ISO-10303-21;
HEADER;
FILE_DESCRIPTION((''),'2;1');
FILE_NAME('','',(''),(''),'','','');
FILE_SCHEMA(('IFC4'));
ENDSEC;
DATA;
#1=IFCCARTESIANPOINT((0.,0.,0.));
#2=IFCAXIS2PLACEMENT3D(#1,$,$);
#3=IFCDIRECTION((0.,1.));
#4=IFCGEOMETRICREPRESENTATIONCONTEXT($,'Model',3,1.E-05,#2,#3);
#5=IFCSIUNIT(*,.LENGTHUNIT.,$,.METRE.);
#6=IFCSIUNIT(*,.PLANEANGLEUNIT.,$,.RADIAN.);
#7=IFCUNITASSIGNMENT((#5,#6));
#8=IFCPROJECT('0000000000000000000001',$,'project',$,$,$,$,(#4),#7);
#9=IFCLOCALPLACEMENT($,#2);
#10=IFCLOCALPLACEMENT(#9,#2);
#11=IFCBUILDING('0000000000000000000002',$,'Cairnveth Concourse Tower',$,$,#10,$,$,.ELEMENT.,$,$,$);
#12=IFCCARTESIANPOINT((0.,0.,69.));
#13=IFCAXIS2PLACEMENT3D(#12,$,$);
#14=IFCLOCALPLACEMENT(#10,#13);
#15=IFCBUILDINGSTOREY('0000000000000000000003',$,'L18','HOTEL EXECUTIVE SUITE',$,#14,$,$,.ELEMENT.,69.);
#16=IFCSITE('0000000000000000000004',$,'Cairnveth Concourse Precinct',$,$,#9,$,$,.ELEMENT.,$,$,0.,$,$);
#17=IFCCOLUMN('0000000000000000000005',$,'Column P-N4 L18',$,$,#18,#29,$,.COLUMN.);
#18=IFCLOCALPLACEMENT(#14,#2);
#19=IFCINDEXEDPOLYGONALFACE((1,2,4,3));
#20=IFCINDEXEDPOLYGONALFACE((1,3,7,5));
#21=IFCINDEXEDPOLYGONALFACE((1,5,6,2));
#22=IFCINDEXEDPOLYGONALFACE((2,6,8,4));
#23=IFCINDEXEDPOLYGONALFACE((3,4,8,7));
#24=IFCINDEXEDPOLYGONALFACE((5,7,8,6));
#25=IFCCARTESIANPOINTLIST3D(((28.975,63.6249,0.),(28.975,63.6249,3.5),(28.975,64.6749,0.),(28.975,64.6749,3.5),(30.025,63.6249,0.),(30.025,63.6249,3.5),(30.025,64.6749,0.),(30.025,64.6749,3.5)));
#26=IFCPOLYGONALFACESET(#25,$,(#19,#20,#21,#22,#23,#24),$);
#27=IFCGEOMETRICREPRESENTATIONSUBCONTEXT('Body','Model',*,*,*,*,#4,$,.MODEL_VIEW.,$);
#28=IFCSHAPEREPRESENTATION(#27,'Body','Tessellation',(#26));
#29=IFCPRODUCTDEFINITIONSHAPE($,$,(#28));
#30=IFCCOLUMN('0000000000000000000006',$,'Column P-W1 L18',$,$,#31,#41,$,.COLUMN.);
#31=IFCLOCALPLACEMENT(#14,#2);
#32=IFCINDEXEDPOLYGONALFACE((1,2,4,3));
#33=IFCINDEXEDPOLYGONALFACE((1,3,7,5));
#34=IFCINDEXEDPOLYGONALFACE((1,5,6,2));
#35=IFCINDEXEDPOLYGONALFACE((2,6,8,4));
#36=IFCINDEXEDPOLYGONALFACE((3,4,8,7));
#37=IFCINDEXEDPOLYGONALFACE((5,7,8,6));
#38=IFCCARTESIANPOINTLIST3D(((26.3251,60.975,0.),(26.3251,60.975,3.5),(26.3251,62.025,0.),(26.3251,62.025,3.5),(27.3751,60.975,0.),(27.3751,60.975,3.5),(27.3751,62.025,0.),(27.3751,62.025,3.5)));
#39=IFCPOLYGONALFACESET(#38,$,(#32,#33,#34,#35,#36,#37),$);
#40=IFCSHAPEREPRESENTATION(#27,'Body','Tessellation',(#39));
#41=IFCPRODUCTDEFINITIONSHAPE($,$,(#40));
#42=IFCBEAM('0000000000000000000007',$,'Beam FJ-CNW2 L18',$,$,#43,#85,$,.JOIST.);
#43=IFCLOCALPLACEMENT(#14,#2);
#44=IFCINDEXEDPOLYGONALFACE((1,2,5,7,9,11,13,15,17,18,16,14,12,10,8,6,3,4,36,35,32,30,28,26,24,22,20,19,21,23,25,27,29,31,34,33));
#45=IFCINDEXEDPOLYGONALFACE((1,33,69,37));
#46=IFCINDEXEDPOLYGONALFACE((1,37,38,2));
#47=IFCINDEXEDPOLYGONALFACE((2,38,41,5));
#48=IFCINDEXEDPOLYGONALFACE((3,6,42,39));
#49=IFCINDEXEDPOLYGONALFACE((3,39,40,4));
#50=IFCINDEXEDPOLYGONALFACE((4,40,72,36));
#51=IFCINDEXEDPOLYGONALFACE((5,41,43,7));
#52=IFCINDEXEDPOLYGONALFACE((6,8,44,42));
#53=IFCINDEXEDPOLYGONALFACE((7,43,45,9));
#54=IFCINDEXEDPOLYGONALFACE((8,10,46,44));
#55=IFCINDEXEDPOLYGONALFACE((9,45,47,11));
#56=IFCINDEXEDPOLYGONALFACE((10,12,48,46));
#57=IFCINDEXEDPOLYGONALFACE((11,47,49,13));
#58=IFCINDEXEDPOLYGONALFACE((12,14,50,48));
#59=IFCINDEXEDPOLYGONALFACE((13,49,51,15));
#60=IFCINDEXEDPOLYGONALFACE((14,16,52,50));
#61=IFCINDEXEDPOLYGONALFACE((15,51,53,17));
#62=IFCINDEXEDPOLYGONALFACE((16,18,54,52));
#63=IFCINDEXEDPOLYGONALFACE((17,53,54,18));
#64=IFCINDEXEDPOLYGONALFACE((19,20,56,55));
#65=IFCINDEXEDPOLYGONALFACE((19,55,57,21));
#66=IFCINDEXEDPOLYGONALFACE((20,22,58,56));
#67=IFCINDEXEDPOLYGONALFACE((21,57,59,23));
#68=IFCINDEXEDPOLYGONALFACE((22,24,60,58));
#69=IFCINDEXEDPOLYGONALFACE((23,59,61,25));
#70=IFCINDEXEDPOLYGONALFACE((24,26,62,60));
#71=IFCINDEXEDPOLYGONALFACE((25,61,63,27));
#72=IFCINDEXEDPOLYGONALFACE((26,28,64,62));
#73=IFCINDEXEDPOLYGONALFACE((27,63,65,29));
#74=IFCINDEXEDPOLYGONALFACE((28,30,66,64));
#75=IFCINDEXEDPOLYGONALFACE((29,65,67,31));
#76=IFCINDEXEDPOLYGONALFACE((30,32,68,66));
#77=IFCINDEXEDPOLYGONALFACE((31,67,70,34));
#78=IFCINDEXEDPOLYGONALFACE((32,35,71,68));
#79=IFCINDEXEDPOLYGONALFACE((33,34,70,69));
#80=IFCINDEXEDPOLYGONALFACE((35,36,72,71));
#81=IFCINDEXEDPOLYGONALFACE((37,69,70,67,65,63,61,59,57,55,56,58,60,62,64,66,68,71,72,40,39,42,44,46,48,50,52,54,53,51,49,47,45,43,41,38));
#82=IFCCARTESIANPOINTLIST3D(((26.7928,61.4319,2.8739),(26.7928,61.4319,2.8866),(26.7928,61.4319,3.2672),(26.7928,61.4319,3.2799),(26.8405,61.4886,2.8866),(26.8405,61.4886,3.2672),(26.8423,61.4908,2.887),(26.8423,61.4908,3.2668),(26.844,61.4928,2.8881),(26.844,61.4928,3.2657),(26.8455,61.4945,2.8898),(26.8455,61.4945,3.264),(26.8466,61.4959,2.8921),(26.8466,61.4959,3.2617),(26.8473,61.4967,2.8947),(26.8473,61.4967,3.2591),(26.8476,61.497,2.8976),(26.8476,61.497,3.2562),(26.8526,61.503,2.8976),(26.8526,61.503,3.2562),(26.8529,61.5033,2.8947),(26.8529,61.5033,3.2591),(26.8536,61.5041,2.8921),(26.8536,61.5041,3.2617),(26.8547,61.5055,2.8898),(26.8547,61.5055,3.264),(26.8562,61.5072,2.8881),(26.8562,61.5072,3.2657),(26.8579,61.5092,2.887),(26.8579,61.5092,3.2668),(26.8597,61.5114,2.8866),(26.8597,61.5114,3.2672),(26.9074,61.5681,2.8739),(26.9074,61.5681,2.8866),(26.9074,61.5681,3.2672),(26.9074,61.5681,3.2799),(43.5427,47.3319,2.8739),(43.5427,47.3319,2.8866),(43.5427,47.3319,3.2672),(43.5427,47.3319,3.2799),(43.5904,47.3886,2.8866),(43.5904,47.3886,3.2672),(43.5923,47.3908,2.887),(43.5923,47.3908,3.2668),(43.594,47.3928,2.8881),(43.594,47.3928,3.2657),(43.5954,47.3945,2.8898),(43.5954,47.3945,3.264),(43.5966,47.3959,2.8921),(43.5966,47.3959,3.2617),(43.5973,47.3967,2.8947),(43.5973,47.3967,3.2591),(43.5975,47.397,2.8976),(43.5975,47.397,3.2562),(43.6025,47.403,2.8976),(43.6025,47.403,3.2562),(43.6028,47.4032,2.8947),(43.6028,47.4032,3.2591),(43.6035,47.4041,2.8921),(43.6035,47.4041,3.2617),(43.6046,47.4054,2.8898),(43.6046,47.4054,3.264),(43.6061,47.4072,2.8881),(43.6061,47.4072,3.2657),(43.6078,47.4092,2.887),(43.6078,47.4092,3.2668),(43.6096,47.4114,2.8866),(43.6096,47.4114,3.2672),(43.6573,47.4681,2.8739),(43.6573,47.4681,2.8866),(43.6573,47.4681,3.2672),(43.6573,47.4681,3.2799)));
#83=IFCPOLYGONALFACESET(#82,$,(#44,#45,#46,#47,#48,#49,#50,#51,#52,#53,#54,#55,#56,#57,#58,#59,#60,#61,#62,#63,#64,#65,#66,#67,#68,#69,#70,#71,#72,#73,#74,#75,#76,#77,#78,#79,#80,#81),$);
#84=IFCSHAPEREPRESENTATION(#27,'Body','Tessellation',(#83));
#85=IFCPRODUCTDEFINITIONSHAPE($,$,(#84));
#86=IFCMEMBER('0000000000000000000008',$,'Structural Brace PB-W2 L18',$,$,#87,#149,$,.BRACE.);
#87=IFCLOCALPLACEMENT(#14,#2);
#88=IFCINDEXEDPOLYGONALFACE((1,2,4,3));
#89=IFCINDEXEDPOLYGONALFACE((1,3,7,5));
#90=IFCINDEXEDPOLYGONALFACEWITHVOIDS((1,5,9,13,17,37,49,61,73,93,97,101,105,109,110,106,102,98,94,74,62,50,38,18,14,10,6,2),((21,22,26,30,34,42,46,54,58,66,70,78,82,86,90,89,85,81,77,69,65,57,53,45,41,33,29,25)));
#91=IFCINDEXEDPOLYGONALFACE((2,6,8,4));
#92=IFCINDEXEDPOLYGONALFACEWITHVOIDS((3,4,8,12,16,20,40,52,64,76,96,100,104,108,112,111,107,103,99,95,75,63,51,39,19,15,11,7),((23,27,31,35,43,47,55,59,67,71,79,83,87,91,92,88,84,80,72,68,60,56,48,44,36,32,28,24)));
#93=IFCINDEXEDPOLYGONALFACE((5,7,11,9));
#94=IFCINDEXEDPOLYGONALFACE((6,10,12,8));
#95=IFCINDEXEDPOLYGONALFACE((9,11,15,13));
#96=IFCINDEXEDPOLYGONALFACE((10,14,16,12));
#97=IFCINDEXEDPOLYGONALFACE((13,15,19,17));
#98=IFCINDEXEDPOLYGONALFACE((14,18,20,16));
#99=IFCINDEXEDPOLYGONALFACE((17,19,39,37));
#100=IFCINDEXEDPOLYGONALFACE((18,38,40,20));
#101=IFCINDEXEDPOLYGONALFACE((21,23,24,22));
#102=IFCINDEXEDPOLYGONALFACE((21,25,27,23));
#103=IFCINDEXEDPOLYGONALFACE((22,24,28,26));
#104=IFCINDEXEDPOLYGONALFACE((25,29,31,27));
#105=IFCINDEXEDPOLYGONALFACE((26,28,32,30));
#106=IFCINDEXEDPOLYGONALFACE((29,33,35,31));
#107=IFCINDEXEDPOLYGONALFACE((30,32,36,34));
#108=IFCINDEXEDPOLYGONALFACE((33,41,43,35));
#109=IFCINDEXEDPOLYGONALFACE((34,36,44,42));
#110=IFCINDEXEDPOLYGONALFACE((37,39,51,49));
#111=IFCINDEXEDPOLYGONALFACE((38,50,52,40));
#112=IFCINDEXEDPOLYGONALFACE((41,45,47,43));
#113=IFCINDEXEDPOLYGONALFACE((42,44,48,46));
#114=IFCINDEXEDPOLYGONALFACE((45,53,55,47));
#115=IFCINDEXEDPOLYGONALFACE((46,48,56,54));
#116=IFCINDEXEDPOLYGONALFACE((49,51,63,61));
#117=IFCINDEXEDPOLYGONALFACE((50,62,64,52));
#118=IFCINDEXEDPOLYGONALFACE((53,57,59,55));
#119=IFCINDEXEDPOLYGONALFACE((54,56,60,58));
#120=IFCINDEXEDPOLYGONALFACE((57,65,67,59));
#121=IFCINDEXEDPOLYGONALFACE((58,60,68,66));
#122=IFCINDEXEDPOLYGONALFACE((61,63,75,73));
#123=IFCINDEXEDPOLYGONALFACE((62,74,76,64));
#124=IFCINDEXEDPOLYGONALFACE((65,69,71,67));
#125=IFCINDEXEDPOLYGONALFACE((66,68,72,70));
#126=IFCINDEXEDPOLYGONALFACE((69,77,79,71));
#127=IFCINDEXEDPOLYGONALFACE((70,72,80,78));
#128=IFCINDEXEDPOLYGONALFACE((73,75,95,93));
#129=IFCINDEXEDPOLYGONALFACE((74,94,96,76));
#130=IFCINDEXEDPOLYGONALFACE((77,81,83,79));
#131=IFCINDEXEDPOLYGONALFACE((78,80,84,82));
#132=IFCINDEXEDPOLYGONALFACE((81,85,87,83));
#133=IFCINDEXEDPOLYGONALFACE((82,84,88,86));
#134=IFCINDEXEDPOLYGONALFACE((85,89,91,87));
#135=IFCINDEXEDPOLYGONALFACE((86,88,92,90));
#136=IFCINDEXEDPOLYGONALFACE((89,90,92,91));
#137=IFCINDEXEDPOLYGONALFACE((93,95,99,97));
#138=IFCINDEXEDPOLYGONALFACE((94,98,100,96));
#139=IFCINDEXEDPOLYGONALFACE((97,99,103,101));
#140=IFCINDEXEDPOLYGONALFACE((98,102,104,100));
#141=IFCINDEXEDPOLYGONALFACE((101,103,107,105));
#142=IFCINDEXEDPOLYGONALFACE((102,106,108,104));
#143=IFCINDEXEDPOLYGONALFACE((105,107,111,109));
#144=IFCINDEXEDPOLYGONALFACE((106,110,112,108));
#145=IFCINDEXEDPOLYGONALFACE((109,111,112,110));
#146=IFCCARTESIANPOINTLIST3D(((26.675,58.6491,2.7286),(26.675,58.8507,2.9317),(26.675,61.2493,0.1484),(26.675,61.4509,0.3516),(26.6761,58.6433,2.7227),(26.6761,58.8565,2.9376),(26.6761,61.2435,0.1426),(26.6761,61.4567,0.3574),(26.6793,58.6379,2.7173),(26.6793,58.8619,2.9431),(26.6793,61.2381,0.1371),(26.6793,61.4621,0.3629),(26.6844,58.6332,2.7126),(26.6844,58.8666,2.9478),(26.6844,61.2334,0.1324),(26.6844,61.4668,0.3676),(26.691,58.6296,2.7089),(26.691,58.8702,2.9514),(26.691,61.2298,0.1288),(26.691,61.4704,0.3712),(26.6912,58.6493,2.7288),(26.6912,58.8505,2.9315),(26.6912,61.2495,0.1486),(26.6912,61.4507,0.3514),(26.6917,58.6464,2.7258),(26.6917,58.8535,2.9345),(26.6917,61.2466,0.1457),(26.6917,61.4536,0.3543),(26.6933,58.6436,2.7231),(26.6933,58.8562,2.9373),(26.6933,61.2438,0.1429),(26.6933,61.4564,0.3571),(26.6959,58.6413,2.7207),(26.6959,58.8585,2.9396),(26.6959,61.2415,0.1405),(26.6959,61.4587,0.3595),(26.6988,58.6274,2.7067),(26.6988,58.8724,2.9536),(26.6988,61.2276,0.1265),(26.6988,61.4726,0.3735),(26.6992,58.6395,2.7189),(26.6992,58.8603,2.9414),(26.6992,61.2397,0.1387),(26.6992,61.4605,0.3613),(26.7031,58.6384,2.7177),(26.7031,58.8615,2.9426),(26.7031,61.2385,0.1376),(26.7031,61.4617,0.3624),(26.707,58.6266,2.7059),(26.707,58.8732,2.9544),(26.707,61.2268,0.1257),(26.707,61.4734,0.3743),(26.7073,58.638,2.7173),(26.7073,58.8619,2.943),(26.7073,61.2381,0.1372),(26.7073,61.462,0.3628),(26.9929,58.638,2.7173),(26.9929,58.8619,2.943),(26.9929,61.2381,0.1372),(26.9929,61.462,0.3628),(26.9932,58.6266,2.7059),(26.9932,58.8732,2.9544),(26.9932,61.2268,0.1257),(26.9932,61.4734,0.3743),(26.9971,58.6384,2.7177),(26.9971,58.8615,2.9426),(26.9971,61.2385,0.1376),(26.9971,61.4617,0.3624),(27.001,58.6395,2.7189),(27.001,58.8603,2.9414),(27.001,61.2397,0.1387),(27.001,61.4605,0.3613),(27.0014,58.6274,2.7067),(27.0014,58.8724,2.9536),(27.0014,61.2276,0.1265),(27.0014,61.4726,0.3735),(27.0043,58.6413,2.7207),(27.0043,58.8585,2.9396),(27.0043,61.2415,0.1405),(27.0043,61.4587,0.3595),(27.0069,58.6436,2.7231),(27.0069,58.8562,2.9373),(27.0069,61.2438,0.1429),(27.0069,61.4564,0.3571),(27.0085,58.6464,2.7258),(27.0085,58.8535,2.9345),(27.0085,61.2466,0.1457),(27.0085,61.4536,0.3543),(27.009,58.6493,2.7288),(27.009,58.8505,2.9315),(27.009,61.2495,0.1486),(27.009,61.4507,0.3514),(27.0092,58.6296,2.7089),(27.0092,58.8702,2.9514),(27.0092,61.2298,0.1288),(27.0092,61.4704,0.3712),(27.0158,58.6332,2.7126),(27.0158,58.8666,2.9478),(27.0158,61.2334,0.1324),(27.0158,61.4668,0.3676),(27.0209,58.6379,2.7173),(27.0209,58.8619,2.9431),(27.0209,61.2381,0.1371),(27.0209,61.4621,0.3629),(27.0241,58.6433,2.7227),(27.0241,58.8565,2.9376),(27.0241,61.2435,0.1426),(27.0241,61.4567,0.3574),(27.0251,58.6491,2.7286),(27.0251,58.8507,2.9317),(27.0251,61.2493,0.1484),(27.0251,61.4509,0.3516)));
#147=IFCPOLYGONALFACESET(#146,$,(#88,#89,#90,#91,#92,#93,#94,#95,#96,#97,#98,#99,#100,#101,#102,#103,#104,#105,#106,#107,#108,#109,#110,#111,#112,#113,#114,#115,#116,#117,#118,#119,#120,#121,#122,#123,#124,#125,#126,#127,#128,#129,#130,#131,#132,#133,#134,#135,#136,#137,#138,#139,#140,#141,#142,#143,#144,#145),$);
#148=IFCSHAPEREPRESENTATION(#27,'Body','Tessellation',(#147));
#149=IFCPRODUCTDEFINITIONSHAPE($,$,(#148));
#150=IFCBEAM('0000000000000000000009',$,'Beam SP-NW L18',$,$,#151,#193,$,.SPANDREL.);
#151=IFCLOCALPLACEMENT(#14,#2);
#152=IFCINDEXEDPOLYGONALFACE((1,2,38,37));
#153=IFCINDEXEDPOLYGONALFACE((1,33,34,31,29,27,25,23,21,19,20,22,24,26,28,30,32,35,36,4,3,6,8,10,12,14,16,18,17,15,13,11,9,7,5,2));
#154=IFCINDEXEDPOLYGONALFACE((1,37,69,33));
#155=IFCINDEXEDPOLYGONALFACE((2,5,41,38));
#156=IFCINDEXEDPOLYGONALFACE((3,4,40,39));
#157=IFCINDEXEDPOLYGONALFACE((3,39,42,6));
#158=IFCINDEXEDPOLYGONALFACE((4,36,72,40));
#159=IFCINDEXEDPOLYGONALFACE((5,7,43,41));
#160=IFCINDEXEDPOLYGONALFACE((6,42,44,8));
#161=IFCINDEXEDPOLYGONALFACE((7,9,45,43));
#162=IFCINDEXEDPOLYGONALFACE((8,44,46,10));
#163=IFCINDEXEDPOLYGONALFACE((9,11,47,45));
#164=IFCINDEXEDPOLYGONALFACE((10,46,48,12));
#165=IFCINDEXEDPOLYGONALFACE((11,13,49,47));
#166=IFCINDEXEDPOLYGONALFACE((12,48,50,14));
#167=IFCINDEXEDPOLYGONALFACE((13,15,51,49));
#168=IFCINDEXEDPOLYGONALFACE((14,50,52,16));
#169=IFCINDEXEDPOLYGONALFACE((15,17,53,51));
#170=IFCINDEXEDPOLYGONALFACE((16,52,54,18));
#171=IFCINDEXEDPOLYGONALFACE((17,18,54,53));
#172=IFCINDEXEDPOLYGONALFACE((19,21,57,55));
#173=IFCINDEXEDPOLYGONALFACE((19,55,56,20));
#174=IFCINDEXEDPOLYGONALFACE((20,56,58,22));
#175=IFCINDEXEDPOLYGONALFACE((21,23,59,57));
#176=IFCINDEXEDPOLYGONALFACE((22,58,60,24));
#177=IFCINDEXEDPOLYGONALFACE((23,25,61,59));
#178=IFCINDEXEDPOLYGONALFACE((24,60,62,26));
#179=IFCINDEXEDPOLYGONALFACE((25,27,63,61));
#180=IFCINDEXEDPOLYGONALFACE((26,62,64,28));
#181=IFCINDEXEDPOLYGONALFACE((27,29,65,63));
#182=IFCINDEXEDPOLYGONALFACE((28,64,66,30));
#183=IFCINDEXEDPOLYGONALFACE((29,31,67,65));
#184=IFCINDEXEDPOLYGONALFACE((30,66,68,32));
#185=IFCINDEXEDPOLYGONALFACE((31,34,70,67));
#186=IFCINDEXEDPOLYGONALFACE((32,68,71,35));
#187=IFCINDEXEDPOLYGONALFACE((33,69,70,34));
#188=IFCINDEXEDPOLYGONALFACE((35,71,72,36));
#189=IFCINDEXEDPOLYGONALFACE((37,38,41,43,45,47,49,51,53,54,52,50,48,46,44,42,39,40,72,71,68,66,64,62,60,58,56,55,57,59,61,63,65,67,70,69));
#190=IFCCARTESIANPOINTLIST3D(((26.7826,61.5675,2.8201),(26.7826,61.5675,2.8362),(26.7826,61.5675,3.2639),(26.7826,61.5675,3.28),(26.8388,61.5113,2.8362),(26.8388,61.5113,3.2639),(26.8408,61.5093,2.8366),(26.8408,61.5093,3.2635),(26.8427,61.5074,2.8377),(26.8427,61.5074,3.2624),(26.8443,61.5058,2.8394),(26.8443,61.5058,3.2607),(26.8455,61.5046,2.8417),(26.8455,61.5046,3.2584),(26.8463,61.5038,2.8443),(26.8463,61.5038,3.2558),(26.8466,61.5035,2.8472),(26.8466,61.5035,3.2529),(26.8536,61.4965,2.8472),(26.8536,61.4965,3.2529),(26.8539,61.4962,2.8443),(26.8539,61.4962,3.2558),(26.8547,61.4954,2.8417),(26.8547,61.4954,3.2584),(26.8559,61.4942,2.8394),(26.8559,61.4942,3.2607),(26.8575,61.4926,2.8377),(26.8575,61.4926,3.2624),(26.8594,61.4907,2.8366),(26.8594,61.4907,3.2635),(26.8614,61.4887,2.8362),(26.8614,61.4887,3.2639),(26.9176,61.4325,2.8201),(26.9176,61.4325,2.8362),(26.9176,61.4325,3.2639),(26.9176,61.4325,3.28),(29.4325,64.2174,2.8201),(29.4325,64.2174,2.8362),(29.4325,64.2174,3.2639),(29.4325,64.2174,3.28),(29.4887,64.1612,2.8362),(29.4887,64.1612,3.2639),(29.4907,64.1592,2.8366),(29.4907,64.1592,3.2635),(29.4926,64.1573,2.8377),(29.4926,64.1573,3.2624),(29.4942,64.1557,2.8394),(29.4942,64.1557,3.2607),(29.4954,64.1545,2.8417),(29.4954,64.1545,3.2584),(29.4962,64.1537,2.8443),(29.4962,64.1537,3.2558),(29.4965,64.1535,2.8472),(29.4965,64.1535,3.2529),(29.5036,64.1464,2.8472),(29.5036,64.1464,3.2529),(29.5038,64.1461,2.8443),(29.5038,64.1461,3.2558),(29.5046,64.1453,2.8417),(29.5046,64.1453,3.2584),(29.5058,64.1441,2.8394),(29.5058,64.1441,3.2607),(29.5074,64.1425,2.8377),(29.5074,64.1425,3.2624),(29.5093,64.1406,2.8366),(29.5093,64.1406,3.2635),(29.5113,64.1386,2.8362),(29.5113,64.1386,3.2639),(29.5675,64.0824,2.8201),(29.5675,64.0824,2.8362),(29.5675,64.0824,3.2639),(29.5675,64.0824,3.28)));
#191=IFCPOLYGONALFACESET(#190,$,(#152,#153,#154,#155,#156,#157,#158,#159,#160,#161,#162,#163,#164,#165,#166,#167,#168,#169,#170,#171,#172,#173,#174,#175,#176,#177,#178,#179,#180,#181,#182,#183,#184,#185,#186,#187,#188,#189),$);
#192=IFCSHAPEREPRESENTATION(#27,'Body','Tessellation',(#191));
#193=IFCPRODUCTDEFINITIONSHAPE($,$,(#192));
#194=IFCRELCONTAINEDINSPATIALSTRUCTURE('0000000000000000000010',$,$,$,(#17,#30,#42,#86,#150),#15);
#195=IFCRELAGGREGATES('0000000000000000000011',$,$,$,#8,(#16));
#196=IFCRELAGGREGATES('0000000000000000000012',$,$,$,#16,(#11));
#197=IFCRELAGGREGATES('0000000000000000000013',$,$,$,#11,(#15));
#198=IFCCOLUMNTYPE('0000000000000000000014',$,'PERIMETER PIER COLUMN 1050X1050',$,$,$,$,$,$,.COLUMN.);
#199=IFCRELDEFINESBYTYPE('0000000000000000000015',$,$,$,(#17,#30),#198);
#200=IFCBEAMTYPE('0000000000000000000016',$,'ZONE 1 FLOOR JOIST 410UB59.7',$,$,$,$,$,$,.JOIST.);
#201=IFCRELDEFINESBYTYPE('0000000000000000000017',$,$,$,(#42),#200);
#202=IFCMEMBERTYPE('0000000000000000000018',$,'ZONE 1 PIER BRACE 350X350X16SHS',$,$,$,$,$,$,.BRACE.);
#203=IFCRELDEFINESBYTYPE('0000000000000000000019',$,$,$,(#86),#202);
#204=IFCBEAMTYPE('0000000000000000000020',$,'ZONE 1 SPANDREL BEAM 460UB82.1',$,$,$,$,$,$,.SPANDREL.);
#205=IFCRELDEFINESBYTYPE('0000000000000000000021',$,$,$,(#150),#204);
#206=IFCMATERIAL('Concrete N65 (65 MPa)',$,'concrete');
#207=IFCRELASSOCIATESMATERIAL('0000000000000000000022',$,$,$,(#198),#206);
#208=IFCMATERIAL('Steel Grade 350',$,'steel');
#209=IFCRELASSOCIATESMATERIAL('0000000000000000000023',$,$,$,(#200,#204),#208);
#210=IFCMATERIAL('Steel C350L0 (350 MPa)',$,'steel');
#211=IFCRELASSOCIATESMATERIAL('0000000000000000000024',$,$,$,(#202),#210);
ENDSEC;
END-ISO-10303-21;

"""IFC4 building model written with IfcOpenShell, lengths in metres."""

from ifc_helpers import new_model, si_unit, direction, frame, origin, origin_2d, place, context, subcontext, project, spatial, rectangle, hollow_rectangle, i_section, extrude, material, material_profile, profile_set, type_object, element, save


model = new_model("IFC4")

# Units and contexts
model_context = context("Model", 3, precision=1e-05, world=origin(), true_north=direction((0.0, 1.0)))
body_context = subcontext(model_context, "Body", "Model", "MODEL_VIEW")
ifc_project = project(units=[si_unit("LENGTHUNIT", "METRE"), si_unit("PLANEANGLEUNIT", "RADIAN")], contexts=[model_context])

# Site, building, storey
site_placement = place(None, origin())
site = spatial("IfcSite", under=ifc_project, at=site_placement, Name="Cairnveth Concourse Precinct", CompositionType="ELEMENT", RefElevation=0.0)
building_placement = place(site_placement, origin())
building = spatial("IfcBuilding", under=site, at=building_placement, Name="Cairnveth Concourse Tower", CompositionType="ELEMENT")
storey_placement = place(building_placement, frame((0.0, 0.0, 69.0)))
storey = spatial("IfcBuildingStorey", under=building, at=storey_placement, Name="L18", Description="HOTEL EXECUTIVE SUITE", CompositionType="ELEMENT", Elevation=69.0)

# Columns
ifc_material_1 = material(Name="Concrete N65 (65 MPa)", Category="concrete")
ifc_material_profile_1 = material_profile(ifc_material_1, rectangle(XDim=1.05, YDim=1.05, at=origin_2d()), Name="RC-COL-1050x1050")
ifc_profile_set_1 = profile_set([ifc_material_profile_1], Name="Concrete N65 (65 MPa)")
column_type = type_object("IfcColumnType", Name="PERIMETER PIER COLUMN 1050X1050", PredefinedType="COLUMN", material=ifc_profile_set_1)
for number, where, z_axis, x_axis, name in (
    (1, (29.5, 64.1499, 0.0), (0.0, 0.0, 1.0), (1.0, 0.0, 0.0), "Column P-N4 L18"),
    (2, (26.8501, 61.5, 0.0), (0.0, 0.0, 1.0), (0.0, 1.0, 0.0), "Column P-W1 L18"),
):
    element("IfcColumn", number, at=place(storey_placement, frame(where, z_axis=z_axis, x_axis=x_axis)), inside=storey, type_object=column_type, Name=name, PredefinedType="COLUMN", context=body_context, shape_type="SweptSolid", body=[
        extrude(rectangle(XDim=1.05, YDim=1.05, at=origin_2d()), origin(), (0.0, 0.0, 1.0), 3.5),
    ])

# Beam
ifc_material_2 = material(Name="Steel Grade 350", Category="steel")
ifc_material_profile_2 = material_profile(ifc_material_2, i_section(OverallWidth=0.178, OverallDepth=0.406, WebThickness=0.0078, FlangeThickness=0.0127, FilletRadius=0.011, at=origin_2d()), Name="410UB59.7")
ifc_profile_set_2 = profile_set([ifc_material_profile_2], Name="Steel Grade 350")
beam_type_1 = type_object("IfcBeamType", Name="ZONE 1 FLOOR JOIST 410UB59.7", PredefinedType="JOIST", material=ifc_profile_set_2)
beam_1_placement = place(storey_placement, frame((26.8501, 61.5, 3.0769), z_axis=(0.765027, -0.643998, 0.0), x_axis=(0.643998, 0.765027, 0.0)))
element("IfcBeam", 3, at=beam_1_placement, inside=storey, type_object=beam_type_1, Name="Beam FJ-CNW2 L18", PredefinedType="JOIST", context=body_context, shape_type="SweptSolid", body=[
    extrude(i_section(OverallWidth=0.178, OverallDepth=0.406, WebThickness=0.0078, FlangeThickness=0.0127, FilletRadius=0.011, at=origin_2d()), origin(), (0.0, 0.0, 1.0), 21.8945),
])

# Member
ifc_material_3 = material(Name="Steel C350L0 (350 MPa)", Category="steel")
ifc_material_profile_3 = material_profile(ifc_material_3, hollow_rectangle(XDim=0.3501, YDim=0.3501, WallThickness=0.0161, InnerFilletRadius=0.0161, OuterFilletRadius=0.032, at=origin_2d()), Name="350x350x16.0SHS")
ifc_profile_set_3 = profile_set([ifc_material_profile_3], Name="Steel C350L0 (350 MPa)")
member_type = type_object("IfcMemberType", Name="ZONE 1 PIER BRACE 350X350X16SHS", PredefinedType="BRACE", material=ifc_profile_set_3)
member_placement = place(storey_placement, frame((26.8501, 61.3501, 0.25), z_axis=(0.0, -0.709834, 0.704369), x_axis=(1.0, 0.0, 0.0)))
element("IfcMember", 4, at=member_placement, inside=storey, type_object=member_type, Name="Structural Brace PB-W2 L18", PredefinedType="BRACE", context=body_context, shape_type="SweptSolid", body=[
    extrude(hollow_rectangle(XDim=0.3501, YDim=0.3501, WallThickness=0.0161, InnerFilletRadius=0.0161, OuterFilletRadius=0.032, at=origin_2d()), origin(), (0.0, 0.0, 1.0), 3.6631),
])

# Beam
ifc_material_profile_4 = material_profile(ifc_material_2, i_section(OverallWidth=0.1909, OverallDepth=0.46, WebThickness=0.01, FlangeThickness=0.0161, FilletRadius=0.011, at=origin_2d()), Name="460UB82.1")
ifc_profile_set_4 = profile_set([ifc_material_profile_4], Name="Steel Grade 350")
beam_type_2 = type_object("IfcBeamType", Name="ZONE 1 SPANDREL BEAM 460UB82.1", PredefinedType="SPANDREL", material=ifc_profile_set_4)
beam_2_placement = place(storey_placement, frame((26.8501, 61.5, 3.05), z_axis=(0.707107, 0.707107, 0.0), x_axis=(-0.707107, 0.707107, 0.0)))
element("IfcBeam", 5, at=beam_2_placement, inside=storey, type_object=beam_type_2, Name="Beam SP-NW L18", PredefinedType="SPANDREL", context=body_context, shape_type="SweptSolid", body=[
    extrude(i_section(OverallWidth=0.1909, OverallDepth=0.46, WebThickness=0.01, FlangeThickness=0.0161, FilletRadius=0.011, at=origin_2d()), origin(), (0.0, 0.0, 1.0), 3.7476),
])

save(model, "model.ifc")
